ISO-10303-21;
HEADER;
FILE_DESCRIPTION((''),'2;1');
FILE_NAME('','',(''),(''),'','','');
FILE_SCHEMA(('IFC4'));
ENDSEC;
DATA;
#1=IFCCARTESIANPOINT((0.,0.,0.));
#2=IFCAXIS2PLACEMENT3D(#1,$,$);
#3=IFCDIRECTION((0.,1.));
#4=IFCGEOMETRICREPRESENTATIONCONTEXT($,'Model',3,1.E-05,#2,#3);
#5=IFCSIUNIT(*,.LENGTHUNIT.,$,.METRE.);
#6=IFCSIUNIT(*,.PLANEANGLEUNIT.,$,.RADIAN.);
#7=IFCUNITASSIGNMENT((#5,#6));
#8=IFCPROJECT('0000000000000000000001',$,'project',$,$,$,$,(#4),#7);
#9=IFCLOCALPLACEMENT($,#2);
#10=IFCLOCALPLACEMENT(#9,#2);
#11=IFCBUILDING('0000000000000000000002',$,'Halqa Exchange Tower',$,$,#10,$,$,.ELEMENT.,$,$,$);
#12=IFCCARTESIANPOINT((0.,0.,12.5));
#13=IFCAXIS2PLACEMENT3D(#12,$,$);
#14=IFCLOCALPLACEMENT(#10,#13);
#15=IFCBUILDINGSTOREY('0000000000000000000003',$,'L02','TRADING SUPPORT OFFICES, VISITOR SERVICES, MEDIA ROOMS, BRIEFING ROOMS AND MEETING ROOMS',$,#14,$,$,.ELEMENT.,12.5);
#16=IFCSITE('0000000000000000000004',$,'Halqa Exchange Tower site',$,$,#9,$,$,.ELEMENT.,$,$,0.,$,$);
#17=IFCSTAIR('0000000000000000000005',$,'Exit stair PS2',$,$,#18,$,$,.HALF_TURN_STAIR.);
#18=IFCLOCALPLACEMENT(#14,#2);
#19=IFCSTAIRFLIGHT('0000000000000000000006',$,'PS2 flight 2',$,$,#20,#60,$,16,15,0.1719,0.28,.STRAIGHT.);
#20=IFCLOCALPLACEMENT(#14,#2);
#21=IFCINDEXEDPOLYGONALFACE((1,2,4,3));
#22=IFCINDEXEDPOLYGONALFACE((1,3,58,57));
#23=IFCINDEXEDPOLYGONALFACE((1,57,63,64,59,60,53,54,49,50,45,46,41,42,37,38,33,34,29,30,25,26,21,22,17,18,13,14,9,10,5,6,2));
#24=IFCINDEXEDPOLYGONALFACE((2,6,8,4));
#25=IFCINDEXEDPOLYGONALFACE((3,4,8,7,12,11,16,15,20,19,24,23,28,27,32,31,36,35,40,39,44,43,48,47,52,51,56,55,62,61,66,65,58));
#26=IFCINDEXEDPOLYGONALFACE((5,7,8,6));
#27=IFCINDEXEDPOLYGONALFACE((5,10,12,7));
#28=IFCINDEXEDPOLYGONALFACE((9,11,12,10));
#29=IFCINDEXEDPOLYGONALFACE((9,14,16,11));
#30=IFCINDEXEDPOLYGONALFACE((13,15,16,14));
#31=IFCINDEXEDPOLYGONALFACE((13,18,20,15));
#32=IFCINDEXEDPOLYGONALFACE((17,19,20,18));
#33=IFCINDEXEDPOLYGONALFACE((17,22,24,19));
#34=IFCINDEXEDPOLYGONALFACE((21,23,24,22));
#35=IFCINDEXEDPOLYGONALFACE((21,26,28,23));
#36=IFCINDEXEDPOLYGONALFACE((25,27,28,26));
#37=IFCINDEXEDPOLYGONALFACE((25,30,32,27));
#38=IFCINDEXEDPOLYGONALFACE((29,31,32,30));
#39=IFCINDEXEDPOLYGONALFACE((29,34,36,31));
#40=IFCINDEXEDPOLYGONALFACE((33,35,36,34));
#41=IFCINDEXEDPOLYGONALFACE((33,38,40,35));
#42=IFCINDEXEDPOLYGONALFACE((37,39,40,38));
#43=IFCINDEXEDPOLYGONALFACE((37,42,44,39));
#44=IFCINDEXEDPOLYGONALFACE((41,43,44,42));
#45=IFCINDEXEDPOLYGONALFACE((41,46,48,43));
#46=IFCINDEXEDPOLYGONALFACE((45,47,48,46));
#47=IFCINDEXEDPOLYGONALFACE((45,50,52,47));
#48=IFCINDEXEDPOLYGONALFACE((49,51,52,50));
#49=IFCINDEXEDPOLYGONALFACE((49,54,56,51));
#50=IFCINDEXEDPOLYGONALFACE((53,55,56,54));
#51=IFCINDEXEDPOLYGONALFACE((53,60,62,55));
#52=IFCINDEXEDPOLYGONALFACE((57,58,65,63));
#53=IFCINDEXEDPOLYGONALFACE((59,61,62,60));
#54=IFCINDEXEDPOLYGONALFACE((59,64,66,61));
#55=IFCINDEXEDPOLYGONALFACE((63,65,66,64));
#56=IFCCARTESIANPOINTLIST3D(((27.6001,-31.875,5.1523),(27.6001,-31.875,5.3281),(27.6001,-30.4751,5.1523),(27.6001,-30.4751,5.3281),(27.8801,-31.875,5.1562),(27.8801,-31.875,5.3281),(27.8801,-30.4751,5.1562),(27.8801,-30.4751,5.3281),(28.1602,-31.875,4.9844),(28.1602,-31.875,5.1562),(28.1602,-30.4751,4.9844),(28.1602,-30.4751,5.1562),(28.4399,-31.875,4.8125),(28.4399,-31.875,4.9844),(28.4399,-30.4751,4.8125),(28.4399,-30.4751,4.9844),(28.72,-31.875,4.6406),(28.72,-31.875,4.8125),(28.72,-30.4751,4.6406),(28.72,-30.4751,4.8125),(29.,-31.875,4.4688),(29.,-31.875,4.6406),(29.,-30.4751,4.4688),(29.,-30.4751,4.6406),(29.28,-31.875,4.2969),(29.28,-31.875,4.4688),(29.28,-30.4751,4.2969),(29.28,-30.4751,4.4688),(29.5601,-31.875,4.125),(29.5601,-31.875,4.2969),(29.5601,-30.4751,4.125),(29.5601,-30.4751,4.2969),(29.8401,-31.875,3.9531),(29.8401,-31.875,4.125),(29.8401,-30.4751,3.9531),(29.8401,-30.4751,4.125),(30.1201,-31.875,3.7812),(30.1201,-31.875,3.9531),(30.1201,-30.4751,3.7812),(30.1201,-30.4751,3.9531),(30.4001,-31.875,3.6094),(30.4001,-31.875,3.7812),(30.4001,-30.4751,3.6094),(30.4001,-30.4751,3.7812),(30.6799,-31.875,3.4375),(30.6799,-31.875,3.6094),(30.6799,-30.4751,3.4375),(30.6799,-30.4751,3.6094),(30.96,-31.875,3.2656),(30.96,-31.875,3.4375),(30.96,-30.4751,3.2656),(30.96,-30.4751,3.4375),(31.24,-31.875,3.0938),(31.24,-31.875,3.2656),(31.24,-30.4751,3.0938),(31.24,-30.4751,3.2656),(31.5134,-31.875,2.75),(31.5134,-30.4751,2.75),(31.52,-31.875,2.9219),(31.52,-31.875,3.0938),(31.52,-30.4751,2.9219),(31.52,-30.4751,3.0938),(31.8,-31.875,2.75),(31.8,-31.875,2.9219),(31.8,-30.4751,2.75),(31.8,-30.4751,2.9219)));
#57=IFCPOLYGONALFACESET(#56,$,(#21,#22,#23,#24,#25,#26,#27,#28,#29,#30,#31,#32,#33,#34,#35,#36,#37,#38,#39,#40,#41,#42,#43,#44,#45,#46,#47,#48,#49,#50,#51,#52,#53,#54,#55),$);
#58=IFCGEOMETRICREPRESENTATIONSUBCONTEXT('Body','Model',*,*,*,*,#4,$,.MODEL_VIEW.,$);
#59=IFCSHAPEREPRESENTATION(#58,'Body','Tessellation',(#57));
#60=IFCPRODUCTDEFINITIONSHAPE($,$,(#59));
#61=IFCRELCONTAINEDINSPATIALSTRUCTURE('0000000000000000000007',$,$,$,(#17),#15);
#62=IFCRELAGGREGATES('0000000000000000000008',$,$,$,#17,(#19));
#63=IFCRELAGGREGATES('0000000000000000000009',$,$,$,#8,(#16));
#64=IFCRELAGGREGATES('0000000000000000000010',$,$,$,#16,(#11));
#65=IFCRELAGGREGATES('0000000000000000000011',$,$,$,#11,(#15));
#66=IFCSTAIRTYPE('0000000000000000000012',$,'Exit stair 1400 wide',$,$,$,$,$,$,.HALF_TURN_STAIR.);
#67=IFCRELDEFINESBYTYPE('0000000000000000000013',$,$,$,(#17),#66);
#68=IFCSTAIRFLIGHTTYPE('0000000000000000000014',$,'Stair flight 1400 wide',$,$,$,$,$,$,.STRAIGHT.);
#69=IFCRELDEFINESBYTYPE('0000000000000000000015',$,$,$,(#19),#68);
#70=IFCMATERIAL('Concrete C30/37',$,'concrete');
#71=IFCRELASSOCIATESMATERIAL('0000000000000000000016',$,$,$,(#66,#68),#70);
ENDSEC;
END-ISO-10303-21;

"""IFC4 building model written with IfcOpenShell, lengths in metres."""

from ifc_helpers import new_model, si_unit, direction, frame, origin, place, context, subcontext, project, spatial, polyline, outline, extrude, material, type_object, element, aggregate, save


model = new_model("IFC4")

# Units and contexts
model_context = context("Model", 3, precision=1e-05, world=origin(), true_north=direction((0.0, 1.0)))
body_context = subcontext(model_context, "Body", "Model", "MODEL_VIEW")
ifc_project = project(units=[si_unit("LENGTHUNIT", "METRE"), si_unit("PLANEANGLEUNIT", "RADIAN")], contexts=[model_context])

# Site, building, storey
site_placement = place(None, origin())
site = spatial("IfcSite", under=ifc_project, at=site_placement, Name="Halqa Exchange Tower site", CompositionType="ELEMENT", RefElevation=0.0)
building_placement = place(site_placement, origin())
building = spatial("IfcBuilding", under=site, at=building_placement, Name="Halqa Exchange Tower", CompositionType="ELEMENT")
storey_placement = place(building_placement, frame((0.0, 0.0, 12.5)))
storey = spatial("IfcBuildingStorey", under=building, at=storey_placement, Name="L02", Description="TRADING SUPPORT OFFICES, VISITOR SERVICES, MEDIA ROOMS, BRIEFING ROOMS AND MEETING ROOMS", CompositionType="ELEMENT", Elevation=12.5)

# Shared definitions
ifc_material_1 = material(Name="Concrete C30/37", Category="concrete")

# Stair, stair flight
stair_type = type_object("IfcStairType", Name="Exit stair 1400 wide", PredefinedType="HALF_TURN_STAIR", material=ifc_material_1)
stair_placement = place(storey_placement, origin())
stair = element("IfcStair", 1, at=stair_placement, inside=storey, type_object=stair_type, Name="Exit stair PS2", PredefinedType="HALF_TURN_STAIR")
stair_flight_type = type_object("IfcStairFlightType", Name="Stair flight 1400 wide", PredefinedType="STRAIGHT", material=ifc_material_1)
stair_flight_1_placement = place(storey_placement, frame((31.8, -31.175, 2.75), z_axis=(0.0, 0.0, 1.0), x_axis=(-1.0, 0.0, 0.0)))
stair_flight_1 = element("IfcStairFlight", 2, at=stair_flight_1_placement, type_object=stair_flight_type, Name="PS2 flight 2", NumberOfRisers=16, NumberOfTreads=15, PredefinedType="STRAIGHT", RiserHeight=0.1719, TreadLength=0.28, context=body_context, shape_type="SweptSolid", body=[
    extrude(outline(polyline([(0.0, 0.0), (0.0, 0.1719), (0.28, 0.1719), (0.28, 0.3438), (0.5601, 0.3438), (0.5601, 0.5156), (0.8401, 0.5156), (0.8401, 0.6875), (1.1201, 0.6875), (1.1201, 0.8594), (1.3999, 0.8594), (1.3999, 1.0312), (1.6799, 1.0312), (1.6799, 1.2031), (1.96, 1.2031), (1.96, 1.375), (2.24, 1.375), (2.24, 1.5469), (2.52, 1.5469), (2.52, 1.7188), (2.8, 1.7188), (2.8, 1.8906), (3.0801, 1.8906), (3.0801, 2.0625), (3.3601, 2.0625), (3.3601, 2.2344), (3.6399, 2.2344), (3.6399, 2.4062), (3.9199, 2.4062), (3.9199, 2.5781), (4.2, 2.5781), (4.2, 2.75), (4.2, 2.4023), (0.2866, 0.0), (0.0, 0.0)])), frame((0.0, 0.7, 0.0), z_axis=(0.0, -1.0, 0.0), x_axis=(1.0, 0.0, 0.0)), (0.0, 0.0, 1.0), 1.3999),
])
aggregate(stair, [stair_flight_1])

save(model, "model.ifc")
